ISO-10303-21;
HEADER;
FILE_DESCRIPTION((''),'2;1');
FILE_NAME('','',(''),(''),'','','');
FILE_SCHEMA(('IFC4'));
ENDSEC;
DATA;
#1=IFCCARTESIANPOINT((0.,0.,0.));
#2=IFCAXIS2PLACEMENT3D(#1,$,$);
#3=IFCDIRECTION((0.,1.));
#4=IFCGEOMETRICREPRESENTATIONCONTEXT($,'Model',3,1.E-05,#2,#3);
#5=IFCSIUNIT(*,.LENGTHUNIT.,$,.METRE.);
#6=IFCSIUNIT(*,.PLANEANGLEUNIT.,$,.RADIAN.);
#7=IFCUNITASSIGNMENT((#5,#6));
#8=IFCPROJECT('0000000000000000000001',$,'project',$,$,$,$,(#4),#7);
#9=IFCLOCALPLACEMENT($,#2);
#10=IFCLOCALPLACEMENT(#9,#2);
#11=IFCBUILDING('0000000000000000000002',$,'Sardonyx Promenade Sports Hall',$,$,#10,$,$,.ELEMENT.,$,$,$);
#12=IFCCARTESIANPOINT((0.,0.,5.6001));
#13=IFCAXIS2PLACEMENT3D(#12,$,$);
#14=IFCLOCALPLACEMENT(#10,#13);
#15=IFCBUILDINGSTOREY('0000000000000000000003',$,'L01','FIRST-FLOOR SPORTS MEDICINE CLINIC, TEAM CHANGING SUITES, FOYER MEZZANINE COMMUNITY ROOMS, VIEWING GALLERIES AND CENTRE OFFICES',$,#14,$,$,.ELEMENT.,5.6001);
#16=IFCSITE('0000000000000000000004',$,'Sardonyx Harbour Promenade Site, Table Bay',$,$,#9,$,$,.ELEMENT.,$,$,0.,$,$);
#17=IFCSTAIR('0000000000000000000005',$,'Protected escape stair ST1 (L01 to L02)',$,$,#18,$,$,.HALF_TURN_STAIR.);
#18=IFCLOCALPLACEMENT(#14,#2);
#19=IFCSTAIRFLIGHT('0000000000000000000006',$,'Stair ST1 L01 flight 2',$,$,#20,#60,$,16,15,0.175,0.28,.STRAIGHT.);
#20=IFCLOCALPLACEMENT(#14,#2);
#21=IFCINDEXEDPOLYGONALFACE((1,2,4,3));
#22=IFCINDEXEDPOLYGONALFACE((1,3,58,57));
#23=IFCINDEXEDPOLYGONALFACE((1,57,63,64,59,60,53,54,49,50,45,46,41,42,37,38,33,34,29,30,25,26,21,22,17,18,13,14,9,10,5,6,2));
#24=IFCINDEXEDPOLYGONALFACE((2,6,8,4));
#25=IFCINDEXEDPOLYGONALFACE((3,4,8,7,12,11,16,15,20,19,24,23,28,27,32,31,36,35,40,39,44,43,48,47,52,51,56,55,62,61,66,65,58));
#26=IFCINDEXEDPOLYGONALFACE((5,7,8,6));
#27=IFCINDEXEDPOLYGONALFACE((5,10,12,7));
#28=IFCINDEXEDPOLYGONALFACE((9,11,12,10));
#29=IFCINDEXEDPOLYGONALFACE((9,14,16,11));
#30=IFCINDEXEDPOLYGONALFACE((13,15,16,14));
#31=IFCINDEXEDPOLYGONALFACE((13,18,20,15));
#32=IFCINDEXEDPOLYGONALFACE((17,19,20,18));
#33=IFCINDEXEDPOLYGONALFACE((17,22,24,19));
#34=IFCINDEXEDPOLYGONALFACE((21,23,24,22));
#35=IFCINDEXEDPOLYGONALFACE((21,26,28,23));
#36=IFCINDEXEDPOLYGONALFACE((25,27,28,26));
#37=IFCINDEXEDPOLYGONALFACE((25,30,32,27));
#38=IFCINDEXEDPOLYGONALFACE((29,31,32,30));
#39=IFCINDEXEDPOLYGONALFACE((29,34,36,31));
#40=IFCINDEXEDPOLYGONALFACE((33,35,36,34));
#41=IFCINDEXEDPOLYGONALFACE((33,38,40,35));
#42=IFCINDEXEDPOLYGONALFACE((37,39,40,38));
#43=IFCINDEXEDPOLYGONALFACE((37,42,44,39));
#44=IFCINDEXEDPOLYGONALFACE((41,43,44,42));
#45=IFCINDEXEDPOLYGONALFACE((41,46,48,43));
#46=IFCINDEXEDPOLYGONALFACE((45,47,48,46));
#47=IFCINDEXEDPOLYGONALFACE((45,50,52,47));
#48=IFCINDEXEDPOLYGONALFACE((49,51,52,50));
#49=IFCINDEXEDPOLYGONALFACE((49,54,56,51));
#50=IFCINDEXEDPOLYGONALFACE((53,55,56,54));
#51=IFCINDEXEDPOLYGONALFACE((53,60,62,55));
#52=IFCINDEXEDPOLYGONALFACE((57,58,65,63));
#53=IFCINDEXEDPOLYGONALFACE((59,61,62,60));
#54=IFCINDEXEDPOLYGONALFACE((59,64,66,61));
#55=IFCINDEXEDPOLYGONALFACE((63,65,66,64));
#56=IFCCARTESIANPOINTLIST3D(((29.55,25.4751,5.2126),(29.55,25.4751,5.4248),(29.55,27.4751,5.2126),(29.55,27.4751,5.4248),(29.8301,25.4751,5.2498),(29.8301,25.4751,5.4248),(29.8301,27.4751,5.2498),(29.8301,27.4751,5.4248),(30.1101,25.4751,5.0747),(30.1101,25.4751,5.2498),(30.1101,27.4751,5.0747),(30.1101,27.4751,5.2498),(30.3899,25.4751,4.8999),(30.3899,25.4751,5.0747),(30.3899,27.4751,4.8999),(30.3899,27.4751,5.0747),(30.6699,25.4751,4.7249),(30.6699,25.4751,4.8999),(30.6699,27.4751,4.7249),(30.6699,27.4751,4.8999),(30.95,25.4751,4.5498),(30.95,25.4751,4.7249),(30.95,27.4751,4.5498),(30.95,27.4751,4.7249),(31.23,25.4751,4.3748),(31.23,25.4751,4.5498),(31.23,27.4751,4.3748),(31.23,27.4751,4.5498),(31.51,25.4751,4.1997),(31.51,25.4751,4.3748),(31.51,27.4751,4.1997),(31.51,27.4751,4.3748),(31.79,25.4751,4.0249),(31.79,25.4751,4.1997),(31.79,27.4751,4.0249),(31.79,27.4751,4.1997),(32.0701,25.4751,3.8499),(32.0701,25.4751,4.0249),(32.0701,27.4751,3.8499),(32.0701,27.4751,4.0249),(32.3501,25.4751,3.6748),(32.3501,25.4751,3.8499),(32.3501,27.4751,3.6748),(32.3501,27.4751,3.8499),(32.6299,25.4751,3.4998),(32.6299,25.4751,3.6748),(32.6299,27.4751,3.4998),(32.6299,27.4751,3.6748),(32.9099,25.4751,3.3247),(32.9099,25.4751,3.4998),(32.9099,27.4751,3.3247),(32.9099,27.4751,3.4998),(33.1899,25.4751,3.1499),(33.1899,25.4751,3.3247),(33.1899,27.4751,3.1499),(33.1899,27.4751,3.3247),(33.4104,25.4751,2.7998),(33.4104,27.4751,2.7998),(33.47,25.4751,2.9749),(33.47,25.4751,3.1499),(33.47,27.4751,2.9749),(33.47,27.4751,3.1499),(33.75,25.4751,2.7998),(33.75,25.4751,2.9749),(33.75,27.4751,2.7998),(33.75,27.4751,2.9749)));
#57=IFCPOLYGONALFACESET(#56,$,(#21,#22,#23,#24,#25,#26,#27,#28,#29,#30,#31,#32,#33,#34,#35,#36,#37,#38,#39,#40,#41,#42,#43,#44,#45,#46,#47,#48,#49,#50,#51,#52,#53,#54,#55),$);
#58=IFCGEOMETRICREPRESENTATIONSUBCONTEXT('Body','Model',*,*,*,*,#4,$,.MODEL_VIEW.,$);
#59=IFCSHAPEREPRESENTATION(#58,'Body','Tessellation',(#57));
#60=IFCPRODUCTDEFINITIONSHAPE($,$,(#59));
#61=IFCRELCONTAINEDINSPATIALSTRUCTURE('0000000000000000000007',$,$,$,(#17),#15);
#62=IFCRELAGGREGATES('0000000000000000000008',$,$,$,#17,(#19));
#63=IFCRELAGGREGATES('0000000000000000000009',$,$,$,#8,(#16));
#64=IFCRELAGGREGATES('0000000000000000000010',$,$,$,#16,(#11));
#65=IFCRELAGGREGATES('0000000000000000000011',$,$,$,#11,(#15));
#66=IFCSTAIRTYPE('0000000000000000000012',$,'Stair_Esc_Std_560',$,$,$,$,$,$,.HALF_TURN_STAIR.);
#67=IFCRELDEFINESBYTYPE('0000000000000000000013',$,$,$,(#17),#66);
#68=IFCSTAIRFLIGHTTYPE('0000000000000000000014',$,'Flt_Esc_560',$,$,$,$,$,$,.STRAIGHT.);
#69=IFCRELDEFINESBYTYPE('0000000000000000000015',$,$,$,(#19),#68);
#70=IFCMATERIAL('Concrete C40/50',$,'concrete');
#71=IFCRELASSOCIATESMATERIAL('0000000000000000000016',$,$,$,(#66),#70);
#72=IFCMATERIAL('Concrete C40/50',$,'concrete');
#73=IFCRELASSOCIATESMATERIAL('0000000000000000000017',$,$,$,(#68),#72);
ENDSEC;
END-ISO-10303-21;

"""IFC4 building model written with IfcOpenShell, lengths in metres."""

from ifc_helpers import new_model, si_unit, direction, frame, origin, place, context, subcontext, project, spatial, polyline, outline, extrude, material, type_object, element, aggregate, save


model = new_model("IFC4")

# Units and contexts
model_context = context("Model", 3, precision=1e-05, world=origin(), true_north=direction((0.0, 1.0)))
body_context = subcontext(model_context, "Body", "Model", "MODEL_VIEW")
ifc_project = project(units=[si_unit("LENGTHUNIT", "METRE"), si_unit("PLANEANGLEUNIT", "RADIAN")], contexts=[model_context])

# Site, building, storey
site_placement = place(None, origin())
site = spatial("IfcSite", under=ifc_project, at=site_placement, Name="Sardonyx Harbour Promenade Site, Table Bay", CompositionType="ELEMENT", RefElevation=0.0)
building_placement = place(site_placement, origin())
building = spatial("IfcBuilding", under=site, at=building_placement, Name="Sardonyx Promenade Sports Hall", CompositionType="ELEMENT")
storey_placement = place(building_placement, frame((0.0, 0.0, 5.6001)))
storey = spatial("IfcBuildingStorey", under=building, at=storey_placement, Name="L01", Description="FIRST-FLOOR SPORTS MEDICINE CLINIC, TEAM CHANGING SUITES, FOYER MEZZANINE COMMUNITY ROOMS, VIEWING GALLERIES AND CENTRE OFFICES", CompositionType="ELEMENT", Elevation=5.6001)

# Stair, stair flight
ifc_material_1 = material(Name="Concrete C40/50", Category="concrete")
stair_type = type_object("IfcStairType", Name="Stair_Esc_Std_560", PredefinedType="HALF_TURN_STAIR", material=ifc_material_1)
stair_placement = place(storey_placement, origin())
stair = element("IfcStair", 1, at=stair_placement, inside=storey, type_object=stair_type, Name="Protected escape stair ST1 (L01 to L02)", PredefinedType="HALF_TURN_STAIR")
ifc_material_2 = material(Name="Concrete C40/50", Category="concrete")
stair_flight_type = type_object("IfcStairFlightType", Name="Flt_Esc_560", PredefinedType="STRAIGHT", material=ifc_material_2)
stair_flight_1_placement = place(storey_placement, frame((33.75, 26.4751, 2.7998), z_axis=(0.0, 0.0, 1.0), x_axis=(-1.0, 0.0, 0.0)))
stair_flight_1 = element("IfcStairFlight", 2, at=stair_flight_1_placement, type_object=stair_flight_type, Name="Stair ST1 L01 flight 2", NumberOfRisers=16, NumberOfTreads=15, PredefinedType="STRAIGHT", RiserHeight=0.175, TreadLength=0.28, context=body_context, shape_type="SweptSolid", body=[
    extrude(outline(polyline([(0.0, 0.0), (0.0, 0.175), (0.28, 0.175), (0.28, 0.3501), (0.5601, 0.3501), (0.5601, 0.5249), (0.8401, 0.5249), (0.8401, 0.7), (1.1201, 0.7), (1.1201, 0.875), (1.3999, 0.875), (1.3999, 1.05), (1.6799, 1.05), (1.6799, 1.2251), (1.96, 1.2251), (1.96, 1.3999), (2.24, 1.3999), (2.24, 1.575), (2.52, 1.575), (2.52, 1.75), (2.8, 1.75), (2.8, 1.925), (3.0801, 1.925), (3.0801, 2.1001), (3.3601, 2.1001), (3.3601, 2.2749), (3.6399, 2.2749), (3.6399, 2.45), (3.9199, 2.45), (3.9199, 2.625), (4.2, 2.625), (4.2, 2.8), (4.2, 2.4128), (0.3396, 0.0), (0.0, 0.0)])), frame((0.0, 1.0, 0.0), z_axis=(0.0, -1.0, 0.0), x_axis=(1.0, 0.0, 0.0)), (0.0, 0.0, 1.0), 2.0),
])
aggregate(stair, [stair_flight_1])

save(model, "model.ifc")
